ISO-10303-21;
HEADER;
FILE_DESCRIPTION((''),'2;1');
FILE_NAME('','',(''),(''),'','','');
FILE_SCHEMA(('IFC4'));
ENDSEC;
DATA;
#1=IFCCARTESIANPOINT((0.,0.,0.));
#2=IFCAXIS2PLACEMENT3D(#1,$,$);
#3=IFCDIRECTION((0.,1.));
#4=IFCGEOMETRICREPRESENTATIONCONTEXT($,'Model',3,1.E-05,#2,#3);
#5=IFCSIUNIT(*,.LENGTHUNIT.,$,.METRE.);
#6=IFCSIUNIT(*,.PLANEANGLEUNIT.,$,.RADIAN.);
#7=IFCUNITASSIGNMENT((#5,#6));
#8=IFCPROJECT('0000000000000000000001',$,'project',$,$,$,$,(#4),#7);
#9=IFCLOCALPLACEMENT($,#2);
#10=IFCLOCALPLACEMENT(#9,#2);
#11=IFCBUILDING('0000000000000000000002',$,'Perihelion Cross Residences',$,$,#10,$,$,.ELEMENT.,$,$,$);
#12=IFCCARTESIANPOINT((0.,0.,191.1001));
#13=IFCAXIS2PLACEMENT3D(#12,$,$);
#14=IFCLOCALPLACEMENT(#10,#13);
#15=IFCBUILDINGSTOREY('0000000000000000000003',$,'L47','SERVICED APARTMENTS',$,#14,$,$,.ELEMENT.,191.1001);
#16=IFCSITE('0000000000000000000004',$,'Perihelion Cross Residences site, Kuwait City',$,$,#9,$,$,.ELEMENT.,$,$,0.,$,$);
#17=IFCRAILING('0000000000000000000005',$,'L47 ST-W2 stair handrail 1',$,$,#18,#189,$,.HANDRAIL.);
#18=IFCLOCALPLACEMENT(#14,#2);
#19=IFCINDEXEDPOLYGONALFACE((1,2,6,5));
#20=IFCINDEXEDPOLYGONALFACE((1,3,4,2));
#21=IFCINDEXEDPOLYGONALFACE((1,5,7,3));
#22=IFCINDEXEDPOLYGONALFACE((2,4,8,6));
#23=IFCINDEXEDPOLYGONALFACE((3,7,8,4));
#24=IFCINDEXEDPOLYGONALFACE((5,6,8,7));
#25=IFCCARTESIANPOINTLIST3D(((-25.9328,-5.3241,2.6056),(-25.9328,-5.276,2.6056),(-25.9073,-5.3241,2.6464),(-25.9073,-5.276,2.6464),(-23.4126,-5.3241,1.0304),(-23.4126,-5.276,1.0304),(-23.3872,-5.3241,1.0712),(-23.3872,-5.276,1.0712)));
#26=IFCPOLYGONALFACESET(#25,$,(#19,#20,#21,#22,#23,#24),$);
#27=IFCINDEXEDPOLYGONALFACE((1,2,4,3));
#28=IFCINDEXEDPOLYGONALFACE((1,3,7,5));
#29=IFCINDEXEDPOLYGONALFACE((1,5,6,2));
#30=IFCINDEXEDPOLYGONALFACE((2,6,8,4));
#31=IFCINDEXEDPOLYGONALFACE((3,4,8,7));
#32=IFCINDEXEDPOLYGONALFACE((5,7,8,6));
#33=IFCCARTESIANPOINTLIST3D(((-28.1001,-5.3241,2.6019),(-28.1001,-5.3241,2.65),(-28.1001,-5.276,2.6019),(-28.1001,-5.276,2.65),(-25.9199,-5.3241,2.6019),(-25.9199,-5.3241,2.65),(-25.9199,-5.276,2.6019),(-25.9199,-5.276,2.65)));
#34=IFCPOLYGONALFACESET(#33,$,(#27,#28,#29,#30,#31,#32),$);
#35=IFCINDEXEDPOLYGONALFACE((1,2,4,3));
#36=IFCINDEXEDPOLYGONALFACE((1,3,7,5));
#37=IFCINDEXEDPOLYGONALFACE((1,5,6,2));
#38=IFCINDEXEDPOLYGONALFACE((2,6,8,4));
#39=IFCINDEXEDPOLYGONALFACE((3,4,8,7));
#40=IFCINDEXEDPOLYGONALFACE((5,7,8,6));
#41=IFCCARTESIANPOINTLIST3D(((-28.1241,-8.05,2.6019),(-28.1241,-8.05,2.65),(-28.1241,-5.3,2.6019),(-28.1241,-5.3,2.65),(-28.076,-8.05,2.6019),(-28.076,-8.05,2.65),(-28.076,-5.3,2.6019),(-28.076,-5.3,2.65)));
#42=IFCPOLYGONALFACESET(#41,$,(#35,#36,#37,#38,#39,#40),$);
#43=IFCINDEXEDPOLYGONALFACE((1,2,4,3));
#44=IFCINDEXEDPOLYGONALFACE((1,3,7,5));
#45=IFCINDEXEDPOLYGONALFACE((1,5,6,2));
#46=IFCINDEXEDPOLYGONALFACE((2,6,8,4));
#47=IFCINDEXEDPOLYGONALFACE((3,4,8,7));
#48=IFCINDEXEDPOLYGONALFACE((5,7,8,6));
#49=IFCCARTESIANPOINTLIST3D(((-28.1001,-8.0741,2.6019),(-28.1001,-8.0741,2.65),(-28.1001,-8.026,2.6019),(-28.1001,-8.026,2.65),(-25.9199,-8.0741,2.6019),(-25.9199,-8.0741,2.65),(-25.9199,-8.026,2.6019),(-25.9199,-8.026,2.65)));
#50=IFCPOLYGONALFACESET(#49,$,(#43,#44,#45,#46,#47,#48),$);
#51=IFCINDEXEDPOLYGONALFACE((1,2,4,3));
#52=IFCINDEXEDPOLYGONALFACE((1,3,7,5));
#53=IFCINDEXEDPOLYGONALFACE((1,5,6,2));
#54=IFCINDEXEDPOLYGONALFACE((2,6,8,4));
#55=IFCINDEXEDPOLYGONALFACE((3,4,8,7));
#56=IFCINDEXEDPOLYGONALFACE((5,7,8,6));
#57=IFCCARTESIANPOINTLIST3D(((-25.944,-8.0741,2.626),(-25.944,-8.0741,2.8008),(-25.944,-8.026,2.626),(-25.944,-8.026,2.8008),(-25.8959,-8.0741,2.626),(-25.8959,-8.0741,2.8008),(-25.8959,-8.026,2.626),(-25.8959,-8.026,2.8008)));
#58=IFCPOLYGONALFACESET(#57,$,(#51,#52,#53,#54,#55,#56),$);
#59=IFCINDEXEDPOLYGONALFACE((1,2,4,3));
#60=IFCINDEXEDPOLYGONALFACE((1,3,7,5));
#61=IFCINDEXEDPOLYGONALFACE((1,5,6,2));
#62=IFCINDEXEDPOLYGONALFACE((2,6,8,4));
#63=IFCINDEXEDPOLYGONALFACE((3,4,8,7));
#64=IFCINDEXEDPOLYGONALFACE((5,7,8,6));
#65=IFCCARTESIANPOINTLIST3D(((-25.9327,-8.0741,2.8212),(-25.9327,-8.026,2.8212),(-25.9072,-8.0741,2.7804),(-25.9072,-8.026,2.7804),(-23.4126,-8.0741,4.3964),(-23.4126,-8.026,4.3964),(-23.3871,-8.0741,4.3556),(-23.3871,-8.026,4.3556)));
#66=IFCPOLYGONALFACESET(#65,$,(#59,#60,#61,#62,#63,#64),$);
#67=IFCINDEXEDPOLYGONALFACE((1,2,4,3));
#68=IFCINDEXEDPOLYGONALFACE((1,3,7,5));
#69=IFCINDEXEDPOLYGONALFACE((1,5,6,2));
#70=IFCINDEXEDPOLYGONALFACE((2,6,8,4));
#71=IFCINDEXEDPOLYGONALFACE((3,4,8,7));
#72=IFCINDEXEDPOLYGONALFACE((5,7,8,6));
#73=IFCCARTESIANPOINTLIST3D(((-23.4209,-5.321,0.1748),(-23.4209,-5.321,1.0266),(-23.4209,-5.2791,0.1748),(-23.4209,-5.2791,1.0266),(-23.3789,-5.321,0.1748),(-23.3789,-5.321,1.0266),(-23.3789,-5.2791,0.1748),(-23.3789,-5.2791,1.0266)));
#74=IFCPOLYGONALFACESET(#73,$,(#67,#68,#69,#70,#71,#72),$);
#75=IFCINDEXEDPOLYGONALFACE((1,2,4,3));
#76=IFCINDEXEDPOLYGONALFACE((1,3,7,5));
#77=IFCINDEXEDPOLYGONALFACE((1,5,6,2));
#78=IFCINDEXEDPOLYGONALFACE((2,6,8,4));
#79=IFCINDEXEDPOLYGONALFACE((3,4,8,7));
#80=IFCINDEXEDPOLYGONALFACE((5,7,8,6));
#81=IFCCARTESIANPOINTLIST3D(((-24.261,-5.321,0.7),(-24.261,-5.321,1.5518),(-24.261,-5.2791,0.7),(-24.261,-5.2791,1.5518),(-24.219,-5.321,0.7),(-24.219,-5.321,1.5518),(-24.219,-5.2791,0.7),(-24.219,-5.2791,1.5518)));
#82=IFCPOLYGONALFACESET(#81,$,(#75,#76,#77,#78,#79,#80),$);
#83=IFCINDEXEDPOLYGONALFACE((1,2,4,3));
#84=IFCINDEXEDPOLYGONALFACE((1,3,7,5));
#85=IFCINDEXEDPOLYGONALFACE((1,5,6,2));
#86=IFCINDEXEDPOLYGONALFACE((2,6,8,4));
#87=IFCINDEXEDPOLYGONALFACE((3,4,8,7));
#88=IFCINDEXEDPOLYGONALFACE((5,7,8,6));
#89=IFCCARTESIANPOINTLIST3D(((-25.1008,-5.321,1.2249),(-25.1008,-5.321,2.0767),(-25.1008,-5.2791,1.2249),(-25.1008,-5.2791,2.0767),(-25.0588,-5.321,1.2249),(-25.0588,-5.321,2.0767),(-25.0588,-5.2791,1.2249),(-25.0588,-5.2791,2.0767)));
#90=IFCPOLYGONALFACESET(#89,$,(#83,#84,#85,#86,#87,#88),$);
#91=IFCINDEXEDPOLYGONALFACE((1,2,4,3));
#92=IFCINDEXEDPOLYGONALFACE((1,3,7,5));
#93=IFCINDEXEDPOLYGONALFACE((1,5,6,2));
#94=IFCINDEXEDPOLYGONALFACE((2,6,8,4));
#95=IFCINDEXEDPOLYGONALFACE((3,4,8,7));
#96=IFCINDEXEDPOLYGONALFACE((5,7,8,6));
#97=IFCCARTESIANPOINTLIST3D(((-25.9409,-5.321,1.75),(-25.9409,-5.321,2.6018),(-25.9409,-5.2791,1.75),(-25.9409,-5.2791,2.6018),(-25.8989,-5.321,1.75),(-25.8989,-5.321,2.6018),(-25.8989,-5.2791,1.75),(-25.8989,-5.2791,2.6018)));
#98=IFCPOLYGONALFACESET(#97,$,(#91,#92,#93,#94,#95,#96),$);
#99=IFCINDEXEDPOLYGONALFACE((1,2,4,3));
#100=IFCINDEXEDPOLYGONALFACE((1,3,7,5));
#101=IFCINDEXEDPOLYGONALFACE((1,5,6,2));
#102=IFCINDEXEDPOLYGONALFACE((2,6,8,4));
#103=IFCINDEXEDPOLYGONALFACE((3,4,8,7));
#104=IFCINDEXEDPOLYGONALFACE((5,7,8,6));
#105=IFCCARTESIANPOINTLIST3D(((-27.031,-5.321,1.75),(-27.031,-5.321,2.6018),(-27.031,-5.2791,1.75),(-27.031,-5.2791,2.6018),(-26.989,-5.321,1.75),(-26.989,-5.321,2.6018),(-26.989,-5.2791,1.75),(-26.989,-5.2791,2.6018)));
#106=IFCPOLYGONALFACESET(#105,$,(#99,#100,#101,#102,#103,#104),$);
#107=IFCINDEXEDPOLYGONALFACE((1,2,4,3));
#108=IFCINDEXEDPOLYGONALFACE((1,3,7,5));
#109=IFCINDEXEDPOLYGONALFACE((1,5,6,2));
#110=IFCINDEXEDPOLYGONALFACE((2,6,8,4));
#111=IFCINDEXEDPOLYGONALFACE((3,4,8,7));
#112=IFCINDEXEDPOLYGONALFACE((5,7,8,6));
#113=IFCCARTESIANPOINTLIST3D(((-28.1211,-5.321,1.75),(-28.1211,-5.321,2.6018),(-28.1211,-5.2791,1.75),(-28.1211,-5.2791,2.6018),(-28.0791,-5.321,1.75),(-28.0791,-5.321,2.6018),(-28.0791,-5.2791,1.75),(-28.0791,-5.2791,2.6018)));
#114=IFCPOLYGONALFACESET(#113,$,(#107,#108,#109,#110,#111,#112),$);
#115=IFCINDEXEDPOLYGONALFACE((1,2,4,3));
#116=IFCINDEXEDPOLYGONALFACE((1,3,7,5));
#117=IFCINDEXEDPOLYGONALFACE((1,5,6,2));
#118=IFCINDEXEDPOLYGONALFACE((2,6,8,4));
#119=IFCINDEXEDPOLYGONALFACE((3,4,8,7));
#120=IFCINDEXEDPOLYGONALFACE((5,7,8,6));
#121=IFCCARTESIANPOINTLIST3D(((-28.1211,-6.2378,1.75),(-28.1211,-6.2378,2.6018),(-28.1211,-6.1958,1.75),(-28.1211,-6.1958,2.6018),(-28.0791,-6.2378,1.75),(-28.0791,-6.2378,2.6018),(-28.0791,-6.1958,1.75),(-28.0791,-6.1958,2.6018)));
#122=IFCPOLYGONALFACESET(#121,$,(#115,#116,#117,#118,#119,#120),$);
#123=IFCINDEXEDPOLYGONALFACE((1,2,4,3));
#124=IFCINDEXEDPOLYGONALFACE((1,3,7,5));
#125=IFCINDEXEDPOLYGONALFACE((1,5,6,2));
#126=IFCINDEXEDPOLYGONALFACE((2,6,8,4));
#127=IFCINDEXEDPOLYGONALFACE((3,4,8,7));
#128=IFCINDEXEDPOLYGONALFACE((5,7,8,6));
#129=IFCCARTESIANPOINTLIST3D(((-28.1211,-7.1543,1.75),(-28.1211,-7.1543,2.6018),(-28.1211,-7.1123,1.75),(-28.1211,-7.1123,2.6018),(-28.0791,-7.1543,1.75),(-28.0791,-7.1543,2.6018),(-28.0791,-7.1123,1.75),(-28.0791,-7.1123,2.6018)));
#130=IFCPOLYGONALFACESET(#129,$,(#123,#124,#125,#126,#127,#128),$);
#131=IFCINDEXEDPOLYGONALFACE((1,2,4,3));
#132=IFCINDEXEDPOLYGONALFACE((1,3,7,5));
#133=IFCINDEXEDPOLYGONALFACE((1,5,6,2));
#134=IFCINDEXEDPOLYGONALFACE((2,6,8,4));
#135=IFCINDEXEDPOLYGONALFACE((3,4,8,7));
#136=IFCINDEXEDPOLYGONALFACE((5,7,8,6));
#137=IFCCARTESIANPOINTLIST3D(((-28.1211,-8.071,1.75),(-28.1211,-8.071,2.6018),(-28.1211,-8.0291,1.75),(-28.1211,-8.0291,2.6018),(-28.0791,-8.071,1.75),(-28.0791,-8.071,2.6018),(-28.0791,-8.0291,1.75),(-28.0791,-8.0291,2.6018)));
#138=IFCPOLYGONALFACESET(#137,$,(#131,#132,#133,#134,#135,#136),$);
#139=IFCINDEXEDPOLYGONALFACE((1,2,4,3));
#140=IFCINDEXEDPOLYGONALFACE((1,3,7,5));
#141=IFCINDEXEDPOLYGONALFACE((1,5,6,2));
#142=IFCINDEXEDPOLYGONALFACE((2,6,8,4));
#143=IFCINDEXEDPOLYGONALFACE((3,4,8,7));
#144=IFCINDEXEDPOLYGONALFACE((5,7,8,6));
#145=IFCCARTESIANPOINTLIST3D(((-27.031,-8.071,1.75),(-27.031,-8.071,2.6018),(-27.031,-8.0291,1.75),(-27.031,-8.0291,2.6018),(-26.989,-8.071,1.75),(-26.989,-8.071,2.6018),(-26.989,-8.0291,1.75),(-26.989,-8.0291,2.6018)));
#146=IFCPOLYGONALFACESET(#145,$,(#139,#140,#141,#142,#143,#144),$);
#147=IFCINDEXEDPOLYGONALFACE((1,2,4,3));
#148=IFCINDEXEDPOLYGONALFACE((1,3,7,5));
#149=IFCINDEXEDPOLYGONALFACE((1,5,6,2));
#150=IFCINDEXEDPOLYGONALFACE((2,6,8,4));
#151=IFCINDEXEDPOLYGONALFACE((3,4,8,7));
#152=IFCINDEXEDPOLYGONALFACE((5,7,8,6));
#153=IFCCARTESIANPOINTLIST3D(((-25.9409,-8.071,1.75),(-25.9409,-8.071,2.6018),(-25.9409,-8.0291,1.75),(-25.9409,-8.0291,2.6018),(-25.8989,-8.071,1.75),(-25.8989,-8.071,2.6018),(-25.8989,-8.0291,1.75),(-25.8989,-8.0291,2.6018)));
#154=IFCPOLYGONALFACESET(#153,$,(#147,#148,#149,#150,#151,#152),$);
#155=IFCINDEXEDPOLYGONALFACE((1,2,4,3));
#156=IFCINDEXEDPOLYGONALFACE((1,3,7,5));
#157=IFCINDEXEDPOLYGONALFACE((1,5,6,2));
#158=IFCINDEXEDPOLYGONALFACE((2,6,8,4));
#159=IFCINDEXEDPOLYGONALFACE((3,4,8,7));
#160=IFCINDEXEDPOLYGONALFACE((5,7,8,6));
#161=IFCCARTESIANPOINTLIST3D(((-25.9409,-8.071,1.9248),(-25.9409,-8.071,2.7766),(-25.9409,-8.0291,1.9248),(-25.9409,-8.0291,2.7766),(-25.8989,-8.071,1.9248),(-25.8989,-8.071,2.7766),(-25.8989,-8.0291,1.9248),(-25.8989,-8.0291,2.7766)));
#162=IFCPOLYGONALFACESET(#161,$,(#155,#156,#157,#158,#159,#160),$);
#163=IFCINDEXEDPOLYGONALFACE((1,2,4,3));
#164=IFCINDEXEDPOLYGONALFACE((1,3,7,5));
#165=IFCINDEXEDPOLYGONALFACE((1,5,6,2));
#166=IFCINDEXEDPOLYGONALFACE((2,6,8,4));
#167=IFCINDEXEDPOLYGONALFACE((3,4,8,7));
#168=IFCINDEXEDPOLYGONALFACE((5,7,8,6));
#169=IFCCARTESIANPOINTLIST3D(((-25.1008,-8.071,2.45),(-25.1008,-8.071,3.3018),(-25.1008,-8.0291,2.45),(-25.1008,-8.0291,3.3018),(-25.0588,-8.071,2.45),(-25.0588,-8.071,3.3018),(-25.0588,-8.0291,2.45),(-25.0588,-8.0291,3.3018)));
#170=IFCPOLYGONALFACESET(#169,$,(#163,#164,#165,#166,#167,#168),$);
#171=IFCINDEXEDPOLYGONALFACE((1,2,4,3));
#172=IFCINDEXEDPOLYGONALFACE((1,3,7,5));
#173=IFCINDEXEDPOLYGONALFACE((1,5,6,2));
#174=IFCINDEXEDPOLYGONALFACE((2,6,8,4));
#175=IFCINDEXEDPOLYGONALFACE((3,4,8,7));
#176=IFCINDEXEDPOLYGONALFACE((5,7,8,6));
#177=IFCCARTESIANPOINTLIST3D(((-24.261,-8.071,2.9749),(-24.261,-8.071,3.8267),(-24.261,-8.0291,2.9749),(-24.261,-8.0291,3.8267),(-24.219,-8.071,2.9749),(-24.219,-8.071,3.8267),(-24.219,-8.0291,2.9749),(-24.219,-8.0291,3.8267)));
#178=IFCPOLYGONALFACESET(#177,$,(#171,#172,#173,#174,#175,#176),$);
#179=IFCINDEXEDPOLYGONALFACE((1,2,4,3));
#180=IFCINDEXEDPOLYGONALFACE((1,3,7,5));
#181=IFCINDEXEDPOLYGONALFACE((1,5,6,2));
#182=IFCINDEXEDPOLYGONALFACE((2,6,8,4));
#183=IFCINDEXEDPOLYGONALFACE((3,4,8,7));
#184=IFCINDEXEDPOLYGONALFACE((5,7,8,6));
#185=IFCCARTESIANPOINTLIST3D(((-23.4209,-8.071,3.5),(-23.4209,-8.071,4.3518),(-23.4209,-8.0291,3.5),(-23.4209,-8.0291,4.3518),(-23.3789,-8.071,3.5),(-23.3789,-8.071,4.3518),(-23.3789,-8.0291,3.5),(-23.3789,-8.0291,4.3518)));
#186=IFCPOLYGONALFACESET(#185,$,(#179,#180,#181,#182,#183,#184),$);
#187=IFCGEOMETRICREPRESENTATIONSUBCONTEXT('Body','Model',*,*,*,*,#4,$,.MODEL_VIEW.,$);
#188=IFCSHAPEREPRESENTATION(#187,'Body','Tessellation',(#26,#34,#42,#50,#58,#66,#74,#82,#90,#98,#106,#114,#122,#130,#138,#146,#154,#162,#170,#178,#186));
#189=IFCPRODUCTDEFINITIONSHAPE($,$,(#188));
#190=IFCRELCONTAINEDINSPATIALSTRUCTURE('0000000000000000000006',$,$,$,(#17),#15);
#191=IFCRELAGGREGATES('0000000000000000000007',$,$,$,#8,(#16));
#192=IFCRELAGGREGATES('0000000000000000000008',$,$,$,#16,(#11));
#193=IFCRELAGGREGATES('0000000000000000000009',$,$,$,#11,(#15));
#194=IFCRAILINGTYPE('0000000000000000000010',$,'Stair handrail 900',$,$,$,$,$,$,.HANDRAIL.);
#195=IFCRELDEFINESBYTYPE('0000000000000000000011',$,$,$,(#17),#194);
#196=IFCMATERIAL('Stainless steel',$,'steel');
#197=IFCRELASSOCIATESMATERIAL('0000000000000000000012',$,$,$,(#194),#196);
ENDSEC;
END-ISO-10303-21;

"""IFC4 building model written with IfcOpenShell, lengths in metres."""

from ifc_helpers import new_model, si_unit, direction, frame, origin, origin_2d, place, context, subcontext, project, spatial, rectangle, extrude, material, type_object, element, save


model = new_model("IFC4")

# Units and contexts
model_context = context("Model", 3, precision=1e-05, world=origin(), true_north=direction((0.0, 1.0)))
body_context = subcontext(model_context, "Body", "Model", "MODEL_VIEW")
ifc_project = project(units=[si_unit("LENGTHUNIT", "METRE"), si_unit("PLANEANGLEUNIT", "RADIAN")], contexts=[model_context])

# Site, building, storey
site_placement = place(None, origin())
site = spatial("IfcSite", under=ifc_project, at=site_placement, Name="Perihelion Cross Residences site, Kuwait City", CompositionType="ELEMENT", RefElevation=0.0)
building_placement = place(site_placement, origin())
building = spatial("IfcBuilding", under=site, at=building_placement, Name="Perihelion Cross Residences", CompositionType="ELEMENT")
storey_placement = place(building_placement, frame((0.0, 0.0, 191.1001)))
storey = spatial("IfcBuildingStorey", under=building, at=storey_placement, Name="L47", Description="SERVICED APARTMENTS", CompositionType="ELEMENT", Elevation=191.1001)

# Railing
ifc_material_1 = material(Name="Stainless steel", Category="steel")
railing_type_1 = type_object("IfcRailingType", Name="Stair handrail 900", PredefinedType="HANDRAIL", material=ifc_material_1)
railing_1_placement = place(storey_placement, frame((-23.3999, -5.3, 0.1748)))
element("IfcRailing", 1, at=railing_1_placement, inside=storey, type_object=railing_type_1, Name="L47 ST-W2 stair handrail 1", PredefinedType="HANDRAIL", context=body_context, shape_type="SweptSolid", body=[
    extrude(rectangle(XDim=0.0481, YDim=0.0481, at=origin_2d()), frame((0.0, 0.0, 0.876), z_axis=(-0.847971, 0.0, 0.530043), x_axis=(0.0, -1.0, 0.0)), (0.0, 0.0, 1.0), 2.9719),
    extrude(rectangle(XDim=0.0481, YDim=0.0481, at=origin_2d()), frame((-2.52, 0.0, 2.4512), z_axis=(-1.0, 0.0, 0.0), x_axis=(0.0, -1.0, 0.0)), (0.0, 0.0, 1.0), 2.1802),
    extrude(rectangle(XDim=0.0481, YDim=0.0481, at=origin_2d()), frame((-4.7002, 0.0, 2.4512), z_axis=(0.0, -1.0, 0.0), x_axis=(1.0, 0.0, 0.0)), (0.0, 0.0, 1.0), 2.75),
    extrude(rectangle(XDim=0.0481, YDim=0.0481, at=origin_2d()), frame((-4.7002, -2.75, 2.4512), z_axis=(1.0, 0.0, 0.0), x_axis=(0.0, 1.0, 0.0)), (0.0, 0.0, 1.0), 2.1802),
    extrude(rectangle(XDim=0.0481, YDim=0.0481, at=origin_2d()), frame((-2.52, -2.75, 2.4512), z_axis=(0.0, 0.0, 1.0), x_axis=(1.0, 0.0, 0.0)), (0.0, 0.0, 1.0), 0.1748),
    extrude(rectangle(XDim=0.0481, YDim=0.0481, at=origin_2d()), frame((-2.52, -2.75, 2.626), z_axis=(0.847971, 0.0, 0.530043), x_axis=(0.0, 1.0, 0.0)), (0.0, 0.0, 1.0), 2.9719),
    extrude(rectangle(XDim=0.042, YDim=0.042, at=origin_2d()), origin(), (0.0, 0.0, 1.0), 0.8518),
    extrude(rectangle(XDim=0.042, YDim=0.042, at=origin_2d()), frame((-0.8401, 0.0, 0.5251)), (0.0, 0.0, 1.0), 0.8518),
    extrude(rectangle(XDim=0.042, YDim=0.042, at=origin_2d()), frame((-1.6799, 0.0, 1.05)), (0.0, 0.0, 1.0), 0.8518),
    extrude(rectangle(XDim=0.042, YDim=0.042, at=origin_2d()), frame((-2.52, 0.0, 1.5752)), (0.0, 0.0, 1.0), 0.8518),
    extrude(rectangle(XDim=0.042, YDim=0.042, at=origin_2d()), frame((-3.6101, 0.0, 1.5752)), (0.0, 0.0, 1.0), 0.8518),
    extrude(rectangle(XDim=0.042, YDim=0.042, at=origin_2d()), frame((-4.7002, 0.0, 1.5752)), (0.0, 0.0, 1.0), 0.8518),
    extrude(rectangle(XDim=0.042, YDim=0.042, at=origin_2d()), frame((-4.7002, -0.9167, 1.5752)), (0.0, 0.0, 1.0), 0.8518),
    extrude(rectangle(XDim=0.042, YDim=0.042, at=origin_2d()), frame((-4.7002, -1.8333, 1.5752)), (0.0, 0.0, 1.0), 0.8518),
    extrude(rectangle(XDim=0.042, YDim=0.042, at=origin_2d()), frame((-4.7002, -2.75, 1.5752)), (0.0, 0.0, 1.0), 0.8518),
    extrude(rectangle(XDim=0.042, YDim=0.042, at=origin_2d()), frame((-3.6101, -2.75, 1.5752)), (0.0, 0.0, 1.0), 0.8518),
    extrude(rectangle(XDim=0.042, YDim=0.042, at=origin_2d()), frame((-2.52, -2.75, 1.5752)), (0.0, 0.0, 1.0), 0.8518),
    extrude(rectangle(XDim=0.042, YDim=0.042, at=origin_2d()), frame((-2.52, -2.75, 1.75)), (0.0, 0.0, 1.0), 0.8518),
    extrude(rectangle(XDim=0.042, YDim=0.042, at=origin_2d()), frame((-1.6799, -2.75, 2.2751)), (0.0, 0.0, 1.0), 0.8518),
    extrude(rectangle(XDim=0.042, YDim=0.042, at=origin_2d()), frame((-0.8401, -2.75, 2.8)), (0.0, 0.0, 1.0), 0.8518),
    extrude(rectangle(XDim=0.042, YDim=0.042, at=origin_2d()), frame((0.0, -2.75, 3.3252)), (0.0, 0.0, 1.0), 0.8518),
])

save(model, "model.ifc")
